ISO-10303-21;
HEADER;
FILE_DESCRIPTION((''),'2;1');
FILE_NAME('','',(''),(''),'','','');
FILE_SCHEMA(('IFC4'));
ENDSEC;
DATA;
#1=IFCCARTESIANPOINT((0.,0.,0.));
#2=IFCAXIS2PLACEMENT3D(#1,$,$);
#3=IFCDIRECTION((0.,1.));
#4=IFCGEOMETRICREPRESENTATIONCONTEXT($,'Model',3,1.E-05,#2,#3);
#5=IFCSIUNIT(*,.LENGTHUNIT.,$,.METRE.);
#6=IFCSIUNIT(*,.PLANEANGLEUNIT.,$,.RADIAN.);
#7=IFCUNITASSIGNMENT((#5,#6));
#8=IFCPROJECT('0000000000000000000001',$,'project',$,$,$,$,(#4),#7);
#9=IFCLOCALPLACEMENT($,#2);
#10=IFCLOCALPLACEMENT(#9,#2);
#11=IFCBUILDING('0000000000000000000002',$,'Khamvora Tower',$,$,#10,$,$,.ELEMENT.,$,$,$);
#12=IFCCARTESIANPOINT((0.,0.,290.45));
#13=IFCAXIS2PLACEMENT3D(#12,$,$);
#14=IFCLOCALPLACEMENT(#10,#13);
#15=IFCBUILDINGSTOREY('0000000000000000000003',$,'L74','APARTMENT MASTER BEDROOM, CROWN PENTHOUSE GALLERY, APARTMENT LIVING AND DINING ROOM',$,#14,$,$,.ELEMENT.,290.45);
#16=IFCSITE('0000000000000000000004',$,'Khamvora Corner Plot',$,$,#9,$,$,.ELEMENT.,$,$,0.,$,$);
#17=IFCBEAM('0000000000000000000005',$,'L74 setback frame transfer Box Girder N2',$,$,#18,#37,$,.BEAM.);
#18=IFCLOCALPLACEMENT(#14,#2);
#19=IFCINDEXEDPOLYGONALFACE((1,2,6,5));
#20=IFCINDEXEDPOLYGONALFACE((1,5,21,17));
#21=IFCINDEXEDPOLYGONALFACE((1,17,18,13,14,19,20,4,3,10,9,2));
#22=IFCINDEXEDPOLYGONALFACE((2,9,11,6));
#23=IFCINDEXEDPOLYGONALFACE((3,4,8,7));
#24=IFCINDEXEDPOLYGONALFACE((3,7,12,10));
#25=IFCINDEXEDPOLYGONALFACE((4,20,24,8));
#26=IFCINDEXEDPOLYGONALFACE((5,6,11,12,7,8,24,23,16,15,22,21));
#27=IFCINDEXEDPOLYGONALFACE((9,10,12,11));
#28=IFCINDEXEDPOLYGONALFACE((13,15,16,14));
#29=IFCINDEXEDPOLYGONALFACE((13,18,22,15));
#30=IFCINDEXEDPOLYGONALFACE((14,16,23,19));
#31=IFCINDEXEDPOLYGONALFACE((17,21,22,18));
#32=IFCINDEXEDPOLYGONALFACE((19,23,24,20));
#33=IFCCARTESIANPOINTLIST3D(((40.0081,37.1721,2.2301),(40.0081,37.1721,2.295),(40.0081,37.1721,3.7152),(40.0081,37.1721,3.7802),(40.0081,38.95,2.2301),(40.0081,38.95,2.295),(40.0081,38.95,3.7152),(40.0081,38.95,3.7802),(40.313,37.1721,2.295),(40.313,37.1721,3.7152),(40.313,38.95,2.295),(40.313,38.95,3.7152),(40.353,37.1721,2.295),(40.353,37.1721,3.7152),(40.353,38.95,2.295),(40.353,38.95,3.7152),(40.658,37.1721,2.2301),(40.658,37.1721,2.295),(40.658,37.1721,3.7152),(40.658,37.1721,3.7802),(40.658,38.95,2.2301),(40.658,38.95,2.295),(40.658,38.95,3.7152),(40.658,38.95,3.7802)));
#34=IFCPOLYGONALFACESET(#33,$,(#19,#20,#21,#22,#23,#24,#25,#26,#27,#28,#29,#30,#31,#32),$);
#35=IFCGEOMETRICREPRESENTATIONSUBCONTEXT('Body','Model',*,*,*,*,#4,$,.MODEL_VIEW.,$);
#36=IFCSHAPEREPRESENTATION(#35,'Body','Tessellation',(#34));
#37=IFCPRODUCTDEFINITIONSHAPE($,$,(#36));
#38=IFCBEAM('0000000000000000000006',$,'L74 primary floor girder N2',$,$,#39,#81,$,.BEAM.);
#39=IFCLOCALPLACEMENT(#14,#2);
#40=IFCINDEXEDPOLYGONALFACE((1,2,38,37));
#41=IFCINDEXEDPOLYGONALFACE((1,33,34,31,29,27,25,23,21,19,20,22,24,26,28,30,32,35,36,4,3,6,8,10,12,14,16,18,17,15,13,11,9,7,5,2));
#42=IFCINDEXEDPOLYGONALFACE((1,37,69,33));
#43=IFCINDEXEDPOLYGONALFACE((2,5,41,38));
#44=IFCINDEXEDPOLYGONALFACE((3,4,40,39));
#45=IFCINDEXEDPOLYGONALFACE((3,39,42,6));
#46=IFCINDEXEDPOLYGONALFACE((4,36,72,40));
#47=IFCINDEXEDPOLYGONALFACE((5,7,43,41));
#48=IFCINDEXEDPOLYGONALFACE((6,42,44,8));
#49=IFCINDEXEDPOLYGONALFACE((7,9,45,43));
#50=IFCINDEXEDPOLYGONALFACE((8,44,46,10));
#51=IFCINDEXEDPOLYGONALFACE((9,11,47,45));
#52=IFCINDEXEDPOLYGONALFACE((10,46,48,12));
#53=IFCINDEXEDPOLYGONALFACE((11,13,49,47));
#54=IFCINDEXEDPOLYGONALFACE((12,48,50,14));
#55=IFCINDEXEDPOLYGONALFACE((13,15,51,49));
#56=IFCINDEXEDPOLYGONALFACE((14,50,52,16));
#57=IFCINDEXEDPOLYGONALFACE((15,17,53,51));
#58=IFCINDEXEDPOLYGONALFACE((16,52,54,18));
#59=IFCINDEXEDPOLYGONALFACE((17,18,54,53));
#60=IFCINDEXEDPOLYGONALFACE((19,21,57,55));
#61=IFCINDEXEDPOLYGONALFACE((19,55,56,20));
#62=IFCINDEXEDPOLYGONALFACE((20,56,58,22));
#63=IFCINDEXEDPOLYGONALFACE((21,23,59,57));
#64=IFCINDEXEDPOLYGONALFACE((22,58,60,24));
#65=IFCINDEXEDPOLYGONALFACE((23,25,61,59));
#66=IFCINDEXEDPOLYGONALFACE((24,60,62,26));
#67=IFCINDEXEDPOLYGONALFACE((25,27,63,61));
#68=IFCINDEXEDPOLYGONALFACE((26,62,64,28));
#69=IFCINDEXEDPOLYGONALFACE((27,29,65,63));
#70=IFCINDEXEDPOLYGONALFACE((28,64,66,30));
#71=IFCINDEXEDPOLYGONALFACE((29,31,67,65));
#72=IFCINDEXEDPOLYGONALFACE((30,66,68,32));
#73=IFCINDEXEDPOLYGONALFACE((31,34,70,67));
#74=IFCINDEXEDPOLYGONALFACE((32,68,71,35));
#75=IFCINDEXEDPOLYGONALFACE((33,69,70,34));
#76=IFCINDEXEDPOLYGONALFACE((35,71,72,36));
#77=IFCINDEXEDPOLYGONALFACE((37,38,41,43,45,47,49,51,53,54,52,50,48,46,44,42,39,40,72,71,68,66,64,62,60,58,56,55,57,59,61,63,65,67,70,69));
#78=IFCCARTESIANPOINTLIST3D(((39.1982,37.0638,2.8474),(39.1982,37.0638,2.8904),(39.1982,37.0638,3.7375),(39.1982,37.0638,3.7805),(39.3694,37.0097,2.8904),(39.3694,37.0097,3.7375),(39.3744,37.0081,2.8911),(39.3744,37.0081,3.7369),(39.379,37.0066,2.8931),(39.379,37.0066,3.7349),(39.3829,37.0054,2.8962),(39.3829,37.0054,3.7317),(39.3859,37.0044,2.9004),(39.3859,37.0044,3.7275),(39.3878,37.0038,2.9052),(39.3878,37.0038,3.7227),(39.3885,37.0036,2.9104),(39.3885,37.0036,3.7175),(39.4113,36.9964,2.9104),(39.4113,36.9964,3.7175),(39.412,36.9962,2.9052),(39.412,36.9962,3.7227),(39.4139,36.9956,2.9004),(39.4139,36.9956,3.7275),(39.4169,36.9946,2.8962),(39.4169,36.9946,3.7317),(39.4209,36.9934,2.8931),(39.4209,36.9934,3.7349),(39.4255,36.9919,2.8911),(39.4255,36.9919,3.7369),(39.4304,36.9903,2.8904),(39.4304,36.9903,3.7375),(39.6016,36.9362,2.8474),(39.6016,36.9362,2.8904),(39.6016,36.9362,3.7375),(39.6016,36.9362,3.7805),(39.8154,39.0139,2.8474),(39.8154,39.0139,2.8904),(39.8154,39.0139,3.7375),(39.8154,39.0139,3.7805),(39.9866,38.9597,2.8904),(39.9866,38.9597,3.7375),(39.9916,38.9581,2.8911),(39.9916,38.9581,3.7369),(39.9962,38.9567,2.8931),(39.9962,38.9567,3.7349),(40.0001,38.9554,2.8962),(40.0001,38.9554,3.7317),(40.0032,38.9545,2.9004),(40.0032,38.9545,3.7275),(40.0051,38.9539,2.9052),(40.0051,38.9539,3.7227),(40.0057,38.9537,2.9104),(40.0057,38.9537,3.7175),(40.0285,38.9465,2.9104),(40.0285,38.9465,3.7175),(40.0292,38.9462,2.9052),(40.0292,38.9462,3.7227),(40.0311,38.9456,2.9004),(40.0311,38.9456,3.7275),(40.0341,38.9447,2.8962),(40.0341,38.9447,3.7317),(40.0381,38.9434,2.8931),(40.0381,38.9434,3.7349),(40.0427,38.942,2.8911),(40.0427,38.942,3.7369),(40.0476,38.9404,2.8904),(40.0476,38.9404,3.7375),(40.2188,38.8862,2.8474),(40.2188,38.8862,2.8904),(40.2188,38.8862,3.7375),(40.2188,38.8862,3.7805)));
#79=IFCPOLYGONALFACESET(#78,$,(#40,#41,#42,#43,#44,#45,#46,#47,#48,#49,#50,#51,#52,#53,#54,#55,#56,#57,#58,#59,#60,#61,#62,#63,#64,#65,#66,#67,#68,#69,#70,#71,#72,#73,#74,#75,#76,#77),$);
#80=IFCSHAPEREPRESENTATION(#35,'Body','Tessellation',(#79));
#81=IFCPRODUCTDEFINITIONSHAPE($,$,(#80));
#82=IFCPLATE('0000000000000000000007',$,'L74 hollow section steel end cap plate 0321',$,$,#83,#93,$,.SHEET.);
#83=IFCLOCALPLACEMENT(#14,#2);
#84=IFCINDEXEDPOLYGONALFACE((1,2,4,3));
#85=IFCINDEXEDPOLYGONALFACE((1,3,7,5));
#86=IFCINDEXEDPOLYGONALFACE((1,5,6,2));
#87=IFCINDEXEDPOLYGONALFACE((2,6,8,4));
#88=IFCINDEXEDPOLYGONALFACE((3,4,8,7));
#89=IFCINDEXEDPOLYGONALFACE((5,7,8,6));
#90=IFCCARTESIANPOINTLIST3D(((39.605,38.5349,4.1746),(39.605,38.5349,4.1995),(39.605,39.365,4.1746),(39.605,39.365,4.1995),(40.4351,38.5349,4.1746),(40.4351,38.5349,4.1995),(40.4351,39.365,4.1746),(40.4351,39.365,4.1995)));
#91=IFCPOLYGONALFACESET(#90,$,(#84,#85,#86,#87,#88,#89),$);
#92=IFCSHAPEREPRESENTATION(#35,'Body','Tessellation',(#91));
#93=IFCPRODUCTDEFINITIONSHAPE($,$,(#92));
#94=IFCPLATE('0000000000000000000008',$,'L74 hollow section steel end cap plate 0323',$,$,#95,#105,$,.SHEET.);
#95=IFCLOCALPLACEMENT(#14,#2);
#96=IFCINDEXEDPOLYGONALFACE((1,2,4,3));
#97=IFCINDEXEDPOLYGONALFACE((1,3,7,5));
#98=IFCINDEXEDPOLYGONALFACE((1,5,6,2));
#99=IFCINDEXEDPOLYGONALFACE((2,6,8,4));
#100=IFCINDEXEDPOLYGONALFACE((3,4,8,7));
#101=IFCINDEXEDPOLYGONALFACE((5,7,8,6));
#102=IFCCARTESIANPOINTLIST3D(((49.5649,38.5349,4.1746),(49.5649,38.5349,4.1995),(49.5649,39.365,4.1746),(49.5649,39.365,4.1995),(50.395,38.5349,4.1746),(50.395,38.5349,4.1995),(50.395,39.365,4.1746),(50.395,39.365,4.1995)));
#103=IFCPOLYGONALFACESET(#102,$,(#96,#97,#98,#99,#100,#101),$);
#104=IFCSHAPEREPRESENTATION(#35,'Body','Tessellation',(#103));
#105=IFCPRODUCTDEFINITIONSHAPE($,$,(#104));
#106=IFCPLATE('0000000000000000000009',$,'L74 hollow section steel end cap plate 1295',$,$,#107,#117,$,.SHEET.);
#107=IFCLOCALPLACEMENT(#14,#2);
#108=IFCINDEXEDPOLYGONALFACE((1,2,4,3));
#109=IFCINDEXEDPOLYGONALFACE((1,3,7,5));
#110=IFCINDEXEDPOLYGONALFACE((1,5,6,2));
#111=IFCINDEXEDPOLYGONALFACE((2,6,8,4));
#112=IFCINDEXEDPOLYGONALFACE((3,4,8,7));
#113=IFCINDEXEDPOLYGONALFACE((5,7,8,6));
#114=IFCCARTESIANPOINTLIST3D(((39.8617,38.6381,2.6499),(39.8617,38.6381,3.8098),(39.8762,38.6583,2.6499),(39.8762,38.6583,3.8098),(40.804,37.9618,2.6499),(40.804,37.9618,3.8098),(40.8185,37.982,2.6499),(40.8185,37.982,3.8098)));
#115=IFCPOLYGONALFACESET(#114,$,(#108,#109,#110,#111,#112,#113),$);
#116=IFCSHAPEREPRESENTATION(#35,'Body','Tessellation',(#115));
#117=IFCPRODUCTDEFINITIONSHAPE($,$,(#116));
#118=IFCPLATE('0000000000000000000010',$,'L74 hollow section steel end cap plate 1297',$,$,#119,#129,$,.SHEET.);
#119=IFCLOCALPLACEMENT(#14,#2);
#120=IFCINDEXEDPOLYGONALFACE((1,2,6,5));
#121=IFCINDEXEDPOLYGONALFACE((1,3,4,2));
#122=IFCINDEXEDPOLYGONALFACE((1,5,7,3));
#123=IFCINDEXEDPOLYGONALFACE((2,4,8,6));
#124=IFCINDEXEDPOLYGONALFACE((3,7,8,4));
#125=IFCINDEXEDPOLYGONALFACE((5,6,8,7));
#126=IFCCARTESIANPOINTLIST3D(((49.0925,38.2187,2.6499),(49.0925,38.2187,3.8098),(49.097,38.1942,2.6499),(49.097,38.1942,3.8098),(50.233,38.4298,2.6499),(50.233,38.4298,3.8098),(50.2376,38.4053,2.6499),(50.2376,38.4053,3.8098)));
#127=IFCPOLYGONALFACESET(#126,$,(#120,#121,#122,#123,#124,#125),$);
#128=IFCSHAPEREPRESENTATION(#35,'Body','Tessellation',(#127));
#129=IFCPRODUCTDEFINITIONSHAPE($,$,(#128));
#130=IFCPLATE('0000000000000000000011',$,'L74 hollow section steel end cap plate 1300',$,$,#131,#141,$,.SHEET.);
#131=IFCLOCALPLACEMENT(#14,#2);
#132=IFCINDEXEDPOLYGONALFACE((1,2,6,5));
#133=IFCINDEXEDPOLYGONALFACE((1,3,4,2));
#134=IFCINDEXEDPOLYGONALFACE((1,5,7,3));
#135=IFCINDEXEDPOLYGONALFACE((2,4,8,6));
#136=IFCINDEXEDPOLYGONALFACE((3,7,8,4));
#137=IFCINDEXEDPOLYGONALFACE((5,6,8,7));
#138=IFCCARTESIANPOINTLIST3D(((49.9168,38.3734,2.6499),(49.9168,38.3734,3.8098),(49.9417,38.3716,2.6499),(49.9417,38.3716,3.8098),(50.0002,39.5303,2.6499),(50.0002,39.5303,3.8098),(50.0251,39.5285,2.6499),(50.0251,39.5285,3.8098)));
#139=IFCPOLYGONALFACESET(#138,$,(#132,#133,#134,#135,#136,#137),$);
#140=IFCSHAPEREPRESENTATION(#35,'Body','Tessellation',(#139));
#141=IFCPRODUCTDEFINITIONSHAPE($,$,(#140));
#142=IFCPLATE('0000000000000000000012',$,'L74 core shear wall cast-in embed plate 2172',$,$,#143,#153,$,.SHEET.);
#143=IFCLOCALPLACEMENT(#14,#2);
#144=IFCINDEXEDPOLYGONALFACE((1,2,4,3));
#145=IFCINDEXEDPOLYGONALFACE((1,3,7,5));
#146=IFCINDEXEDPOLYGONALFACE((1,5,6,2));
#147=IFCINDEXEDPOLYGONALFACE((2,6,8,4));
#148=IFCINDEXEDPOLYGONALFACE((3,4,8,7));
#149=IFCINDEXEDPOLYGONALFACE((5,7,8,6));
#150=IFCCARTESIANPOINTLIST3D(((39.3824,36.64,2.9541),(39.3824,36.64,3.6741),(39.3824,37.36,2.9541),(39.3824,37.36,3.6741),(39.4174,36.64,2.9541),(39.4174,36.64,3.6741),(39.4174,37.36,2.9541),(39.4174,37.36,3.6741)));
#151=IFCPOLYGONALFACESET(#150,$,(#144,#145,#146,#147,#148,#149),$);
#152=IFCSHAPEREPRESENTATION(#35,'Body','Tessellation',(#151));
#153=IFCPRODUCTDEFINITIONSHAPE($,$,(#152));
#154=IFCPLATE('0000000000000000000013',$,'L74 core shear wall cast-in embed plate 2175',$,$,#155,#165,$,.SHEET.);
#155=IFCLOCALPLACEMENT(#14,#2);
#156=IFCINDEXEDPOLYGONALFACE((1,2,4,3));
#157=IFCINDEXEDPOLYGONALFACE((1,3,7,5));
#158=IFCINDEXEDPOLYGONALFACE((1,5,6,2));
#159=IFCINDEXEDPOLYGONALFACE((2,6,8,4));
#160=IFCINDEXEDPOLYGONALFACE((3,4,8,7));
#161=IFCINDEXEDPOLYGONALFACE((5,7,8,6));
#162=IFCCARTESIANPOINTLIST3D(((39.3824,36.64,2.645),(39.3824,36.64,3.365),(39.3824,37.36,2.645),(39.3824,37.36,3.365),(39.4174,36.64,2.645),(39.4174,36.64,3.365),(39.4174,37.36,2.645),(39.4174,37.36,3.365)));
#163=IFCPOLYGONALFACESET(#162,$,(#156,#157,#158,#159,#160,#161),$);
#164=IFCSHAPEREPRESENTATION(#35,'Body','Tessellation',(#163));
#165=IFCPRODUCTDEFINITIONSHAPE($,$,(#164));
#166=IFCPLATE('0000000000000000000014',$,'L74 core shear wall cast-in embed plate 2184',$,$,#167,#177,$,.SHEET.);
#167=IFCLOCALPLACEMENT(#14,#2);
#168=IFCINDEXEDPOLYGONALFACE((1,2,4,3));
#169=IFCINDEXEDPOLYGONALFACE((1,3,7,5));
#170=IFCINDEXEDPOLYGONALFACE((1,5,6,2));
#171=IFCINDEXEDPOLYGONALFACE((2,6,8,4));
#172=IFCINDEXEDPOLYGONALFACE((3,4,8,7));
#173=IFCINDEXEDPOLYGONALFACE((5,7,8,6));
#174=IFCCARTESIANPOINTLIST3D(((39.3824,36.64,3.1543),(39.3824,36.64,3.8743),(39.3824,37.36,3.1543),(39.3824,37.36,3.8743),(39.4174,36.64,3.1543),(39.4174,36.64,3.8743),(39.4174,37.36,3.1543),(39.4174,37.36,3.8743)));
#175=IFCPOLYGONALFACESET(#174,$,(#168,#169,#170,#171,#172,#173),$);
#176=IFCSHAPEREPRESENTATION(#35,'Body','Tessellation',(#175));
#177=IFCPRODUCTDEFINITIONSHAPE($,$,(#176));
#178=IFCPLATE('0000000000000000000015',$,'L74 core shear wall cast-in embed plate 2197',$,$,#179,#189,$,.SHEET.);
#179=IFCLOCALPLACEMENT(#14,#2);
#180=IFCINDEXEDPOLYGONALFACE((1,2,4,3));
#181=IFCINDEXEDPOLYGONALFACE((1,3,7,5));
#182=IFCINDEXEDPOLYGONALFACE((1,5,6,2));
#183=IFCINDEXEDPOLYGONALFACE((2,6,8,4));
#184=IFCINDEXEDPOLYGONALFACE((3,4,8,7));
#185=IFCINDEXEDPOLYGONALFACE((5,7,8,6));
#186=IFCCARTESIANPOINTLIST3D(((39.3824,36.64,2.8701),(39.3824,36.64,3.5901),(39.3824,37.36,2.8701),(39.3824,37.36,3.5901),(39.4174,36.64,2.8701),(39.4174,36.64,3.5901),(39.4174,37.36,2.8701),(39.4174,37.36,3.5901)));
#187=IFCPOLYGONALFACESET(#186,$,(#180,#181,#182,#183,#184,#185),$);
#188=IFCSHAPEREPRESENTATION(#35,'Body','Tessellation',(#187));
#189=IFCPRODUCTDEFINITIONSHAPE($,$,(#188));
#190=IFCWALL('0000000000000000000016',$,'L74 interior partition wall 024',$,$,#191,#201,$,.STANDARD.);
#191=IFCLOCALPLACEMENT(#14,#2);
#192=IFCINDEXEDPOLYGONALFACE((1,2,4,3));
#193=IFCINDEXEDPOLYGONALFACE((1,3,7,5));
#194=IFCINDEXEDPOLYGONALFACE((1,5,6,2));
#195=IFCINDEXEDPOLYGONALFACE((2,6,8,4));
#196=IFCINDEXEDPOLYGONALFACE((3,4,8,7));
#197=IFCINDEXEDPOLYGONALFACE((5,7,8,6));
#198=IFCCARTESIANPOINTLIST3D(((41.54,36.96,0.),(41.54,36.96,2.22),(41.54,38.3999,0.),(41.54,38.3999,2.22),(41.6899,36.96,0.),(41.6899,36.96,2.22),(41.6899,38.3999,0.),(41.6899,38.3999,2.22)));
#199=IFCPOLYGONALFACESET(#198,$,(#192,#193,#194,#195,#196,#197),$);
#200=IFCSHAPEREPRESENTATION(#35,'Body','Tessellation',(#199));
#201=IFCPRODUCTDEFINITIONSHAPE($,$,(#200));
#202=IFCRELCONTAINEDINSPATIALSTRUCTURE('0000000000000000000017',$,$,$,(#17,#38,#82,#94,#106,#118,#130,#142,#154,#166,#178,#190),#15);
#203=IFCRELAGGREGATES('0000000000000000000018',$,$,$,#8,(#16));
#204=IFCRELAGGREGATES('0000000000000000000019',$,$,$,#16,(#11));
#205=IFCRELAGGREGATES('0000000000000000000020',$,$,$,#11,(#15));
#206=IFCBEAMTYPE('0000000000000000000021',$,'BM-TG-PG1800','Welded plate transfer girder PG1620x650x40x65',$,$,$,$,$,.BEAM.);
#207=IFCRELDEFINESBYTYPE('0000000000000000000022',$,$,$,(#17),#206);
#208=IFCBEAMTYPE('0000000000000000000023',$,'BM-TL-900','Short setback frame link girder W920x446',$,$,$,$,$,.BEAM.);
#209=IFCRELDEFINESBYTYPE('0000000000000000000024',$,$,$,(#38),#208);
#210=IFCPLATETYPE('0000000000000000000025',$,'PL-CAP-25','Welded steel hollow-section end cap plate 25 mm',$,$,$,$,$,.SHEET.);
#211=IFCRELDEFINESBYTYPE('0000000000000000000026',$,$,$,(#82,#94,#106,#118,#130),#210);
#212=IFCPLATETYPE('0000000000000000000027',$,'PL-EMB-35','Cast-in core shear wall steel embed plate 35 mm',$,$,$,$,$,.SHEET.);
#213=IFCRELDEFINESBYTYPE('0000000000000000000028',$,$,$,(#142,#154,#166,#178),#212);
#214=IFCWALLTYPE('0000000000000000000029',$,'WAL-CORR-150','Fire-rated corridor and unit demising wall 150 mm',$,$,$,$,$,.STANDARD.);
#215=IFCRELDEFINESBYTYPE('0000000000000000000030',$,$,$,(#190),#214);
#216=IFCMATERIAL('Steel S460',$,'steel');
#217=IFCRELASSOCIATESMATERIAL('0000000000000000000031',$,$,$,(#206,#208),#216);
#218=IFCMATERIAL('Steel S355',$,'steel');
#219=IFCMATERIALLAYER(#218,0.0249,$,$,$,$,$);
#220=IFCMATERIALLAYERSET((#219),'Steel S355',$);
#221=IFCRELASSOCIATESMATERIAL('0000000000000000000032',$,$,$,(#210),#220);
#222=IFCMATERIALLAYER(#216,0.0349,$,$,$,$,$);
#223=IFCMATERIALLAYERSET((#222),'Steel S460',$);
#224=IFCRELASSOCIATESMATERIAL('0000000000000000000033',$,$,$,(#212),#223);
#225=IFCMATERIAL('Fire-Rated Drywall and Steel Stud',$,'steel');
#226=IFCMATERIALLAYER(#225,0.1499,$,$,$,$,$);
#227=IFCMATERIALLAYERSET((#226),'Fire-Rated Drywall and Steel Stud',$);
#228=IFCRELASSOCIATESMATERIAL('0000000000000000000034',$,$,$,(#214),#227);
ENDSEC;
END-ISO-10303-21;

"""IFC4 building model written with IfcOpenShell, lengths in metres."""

from ifc_helpers import new_model, si_unit, direction, frame, frame_2d, origin, origin_2d, place, context, subcontext, project, spatial, rectangle, i_section, extrude, material, layer, layer_set, material_profile, profile_set, type_object, element, save


model = new_model("IFC4")

# Units and contexts
model_context = context("Model", 3, precision=1e-05, world=origin(), true_north=direction((0.0, 1.0)))
body_context = subcontext(model_context, "Body", "Model", "MODEL_VIEW")
ifc_project = project(units=[si_unit("LENGTHUNIT", "METRE"), si_unit("PLANEANGLEUNIT", "RADIAN")], contexts=[model_context])

# Site, building, storey
site_placement = place(None, origin())
site = spatial("IfcSite", under=ifc_project, at=site_placement, Name="Khamvora Corner Plot", CompositionType="ELEMENT", RefElevation=0.0)
building_placement = place(site_placement, origin())
building = spatial("IfcBuilding", under=site, at=building_placement, Name="Khamvora Tower", CompositionType="ELEMENT")
storey_placement = place(building_placement, frame((0.0, 0.0, 290.45)))
storey = spatial("IfcBuildingStorey", under=building, at=storey_placement, Name="L74", Description="APARTMENT MASTER BEDROOM, CROWN PENTHOUSE GALLERY, APARTMENT LIVING AND DINING ROOM", CompositionType="ELEMENT", Elevation=290.45)

# Shared definitions
ifc_material_1 = material(Name="Steel S355", Category="steel")

# Beams
ifc_material_2 = material(Name="Steel S460", Category="steel")
ifc_material_profile_1 = material_profile(ifc_material_2, i_section(OverallWidth=0.6499, OverallDepth=1.55, WebThickness=0.04, FlangeThickness=0.0649, at=origin_2d()), Name="PG1550x650x40x65")
ifc_profile_set_1 = profile_set([ifc_material_profile_1], Name="Steel S460")
beam_type_1 = type_object("IfcBeamType", Name="BM-TG-PG1800", Description="Welded plate transfer girder PG1620x650x40x65", PredefinedType="BEAM", material=ifc_profile_set_1)
beam_1_placement = place(storey_placement, frame((40.333, 37.1721, 3.0051), z_axis=(0.0, 1.0, 0.0), x_axis=(-1.0, 0.0, 0.0)))
element("IfcBeam", 1, at=beam_1_placement, inside=storey, type_object=beam_type_1, Name="L74 setback frame transfer Box Girder N2", PredefinedType="BEAM", context=body_context, shape_type="SweptSolid", body=[
    extrude(i_section(OverallWidth=0.6499, OverallDepth=1.55, WebThickness=0.04, FlangeThickness=0.0649, at=origin_2d()), origin(), (0.0, 0.0, 1.0), 1.7778),
])
ifc_material_profile_2 = material_profile(ifc_material_2, i_section(OverallWidth=0.4231, OverallDepth=0.9331, WebThickness=0.0239, FlangeThickness=0.043, FilletRadius=0.02, at=origin_2d()), Name="W920x446")
ifc_profile_set_2 = profile_set([ifc_material_profile_2], Name="Steel S460")
beam_type_2 = type_object("IfcBeamType", Name="BM-TL-900", Description="Short setback frame link girder W920x446", PredefinedType="BEAM", material=ifc_profile_set_2)
beam_2_placement = place(storey_placement, frame((39.3999, 37.0, 3.314), z_axis=(0.30176, 0.953384, 0.0), x_axis=(-0.953384, 0.30176, 0.0)))
element("IfcBeam", 2, at=beam_2_placement, inside=storey, type_object=beam_type_2, Name="L74 primary floor girder N2", PredefinedType="BEAM", context=body_context, shape_type="SweptSolid", body=[
    extrude(i_section(OverallWidth=0.4231, OverallDepth=0.9331, WebThickness=0.0239, FlangeThickness=0.043, FilletRadius=0.02, at=origin_2d()), origin(), (0.0, 0.0, 1.0), 2.0454),
])

# Plates
ifc_layer_1 = layer(ifc_material_1, 0.0249)
ifc_layer_set_1 = layer_set([ifc_layer_1], Name="Steel S355")
plate_type_1 = type_object("IfcPlateType", Name="PL-CAP-25", Description="Welded steel hollow-section end cap plate 25 mm", PredefinedType="SHEET", material=ifc_layer_set_1)
for number, where, z_axis, x_axis, name in (
    (3, (40.02, 38.95, 4.1746), (0.0, 0.0, 1.0), (1.0, 0.0, 0.0), "L74 hollow section steel end cap plate 0321"),
    (4, (49.98, 38.95, 4.1746), (0.0, 0.0, 1.0), (1.0, 0.0, 0.0), "L74 hollow section steel end cap plate 0323"),
):
    element("IfcPlate", number, at=place(storey_placement, frame(where, z_axis=z_axis, x_axis=x_axis)), inside=storey, type_object=plate_type_1, Name=name, PredefinedType="SHEET", context=body_context, shape_type="SweptSolid", body=[
        extrude(rectangle(XDim=0.8301, YDim=0.8301, at=origin_2d()), origin(), (0.0, 0.0, 1.0), 0.0249),
    ])
for number, where, z_axis, x_axis, name in (
    (5, (40.3401, 38.3101, 2.6499), (0.0, 0.0, 1.0), (0.583073, 0.812419, 0.0), "L74 hollow section steel end cap plate 1295"),
    (6, (49.665, 38.312, 2.6499), (0.0, 0.0, 1.0), (-0.182012, 0.983296, 0.0), "L74 hollow section steel end cap plate 1297"),
    (7, (49.9709, 38.9509, 2.6499), (0.0, 0.0, 1.0), (0.997412, -0.071898, 0.0), "L74 hollow section steel end cap plate 1300"),
):
    element("IfcPlate", number, at=place(storey_placement, frame(where, z_axis=z_axis, x_axis=x_axis)), inside=storey, type_object=plate_type_1, Name=name, PredefinedType="SHEET", context=body_context, shape_type="SweptSolid", body=[
        extrude(rectangle(XDim=0.0249, YDim=1.1599, at=origin_2d()), origin(), (0.0, 0.0, 1.0), 1.1599),
    ])
ifc_layer_2 = layer(ifc_material_2, 0.0349)
ifc_layer_set_2 = layer_set([ifc_layer_2], Name="Steel S460")
plate_type_2 = type_object("IfcPlateType", Name="PL-EMB-35", Description="Cast-in core shear wall steel embed plate 35 mm", PredefinedType="SHEET", material=ifc_layer_set_2)
for number, where, z_axis, x_axis, name in (
    (8, (39.3999, 37.0, 2.9541), (0.0, 0.0, 1.0), (1.0, 0.0, 0.0), "L74 core shear wall cast-in embed plate 2172"),
    (9, (39.3999, 37.0, 2.645), (0.0, 0.0, 1.0), (1.0, 0.0, 0.0), "L74 core shear wall cast-in embed plate 2175"),
    (10, (39.3999, 37.0, 3.1543), (0.0, 0.0, 1.0), (1.0, 0.0, 0.0), "L74 core shear wall cast-in embed plate 2184"),
    (11, (39.3999, 37.0, 2.8701), (0.0, 0.0, 1.0), (1.0, 0.0, 0.0), "L74 core shear wall cast-in embed plate 2197"),
):
    element("IfcPlate", number, at=place(storey_placement, frame(where, z_axis=z_axis, x_axis=x_axis)), inside=storey, type_object=plate_type_2, Name=name, PredefinedType="SHEET", context=body_context, shape_type="SweptSolid", body=[
        extrude(rectangle(XDim=0.0349, YDim=0.72, at=origin_2d()), origin(), (0.0, 0.0, 1.0), 0.72),
    ])

# Wall
ifc_material_3 = material(Name="Fire-Rated Drywall and Steel Stud", Category="steel")
ifc_layer_3 = layer(ifc_material_3, 0.1499)
ifc_layer_set_3 = layer_set([ifc_layer_3], Name="Fire-Rated Drywall and Steel Stud")
wall_type = type_object("IfcWallType", Name="WAL-CORR-150", Description="Fire-rated corridor and unit demising wall 150 mm", PredefinedType="STANDARD", material=ifc_layer_set_3)
wall_placement = place(storey_placement, frame((41.615, 38.3999, 0.0), z_axis=(0.0, 0.0, 1.0), x_axis=(0.0, -1.0, 0.0)))
element("IfcWall", 12, at=wall_placement, inside=storey, type_object=wall_type, Name="L74 interior partition wall 024", PredefinedType="STANDARD", context=body_context, shape_type="SweptSolid", body=[
    extrude(rectangle(XDim=1.4399, YDim=0.1499, at=frame_2d((0.72, 0.0))), origin(), (0.0, 0.0, 1.0), 2.22),
])

save(model, "model.ifc")
